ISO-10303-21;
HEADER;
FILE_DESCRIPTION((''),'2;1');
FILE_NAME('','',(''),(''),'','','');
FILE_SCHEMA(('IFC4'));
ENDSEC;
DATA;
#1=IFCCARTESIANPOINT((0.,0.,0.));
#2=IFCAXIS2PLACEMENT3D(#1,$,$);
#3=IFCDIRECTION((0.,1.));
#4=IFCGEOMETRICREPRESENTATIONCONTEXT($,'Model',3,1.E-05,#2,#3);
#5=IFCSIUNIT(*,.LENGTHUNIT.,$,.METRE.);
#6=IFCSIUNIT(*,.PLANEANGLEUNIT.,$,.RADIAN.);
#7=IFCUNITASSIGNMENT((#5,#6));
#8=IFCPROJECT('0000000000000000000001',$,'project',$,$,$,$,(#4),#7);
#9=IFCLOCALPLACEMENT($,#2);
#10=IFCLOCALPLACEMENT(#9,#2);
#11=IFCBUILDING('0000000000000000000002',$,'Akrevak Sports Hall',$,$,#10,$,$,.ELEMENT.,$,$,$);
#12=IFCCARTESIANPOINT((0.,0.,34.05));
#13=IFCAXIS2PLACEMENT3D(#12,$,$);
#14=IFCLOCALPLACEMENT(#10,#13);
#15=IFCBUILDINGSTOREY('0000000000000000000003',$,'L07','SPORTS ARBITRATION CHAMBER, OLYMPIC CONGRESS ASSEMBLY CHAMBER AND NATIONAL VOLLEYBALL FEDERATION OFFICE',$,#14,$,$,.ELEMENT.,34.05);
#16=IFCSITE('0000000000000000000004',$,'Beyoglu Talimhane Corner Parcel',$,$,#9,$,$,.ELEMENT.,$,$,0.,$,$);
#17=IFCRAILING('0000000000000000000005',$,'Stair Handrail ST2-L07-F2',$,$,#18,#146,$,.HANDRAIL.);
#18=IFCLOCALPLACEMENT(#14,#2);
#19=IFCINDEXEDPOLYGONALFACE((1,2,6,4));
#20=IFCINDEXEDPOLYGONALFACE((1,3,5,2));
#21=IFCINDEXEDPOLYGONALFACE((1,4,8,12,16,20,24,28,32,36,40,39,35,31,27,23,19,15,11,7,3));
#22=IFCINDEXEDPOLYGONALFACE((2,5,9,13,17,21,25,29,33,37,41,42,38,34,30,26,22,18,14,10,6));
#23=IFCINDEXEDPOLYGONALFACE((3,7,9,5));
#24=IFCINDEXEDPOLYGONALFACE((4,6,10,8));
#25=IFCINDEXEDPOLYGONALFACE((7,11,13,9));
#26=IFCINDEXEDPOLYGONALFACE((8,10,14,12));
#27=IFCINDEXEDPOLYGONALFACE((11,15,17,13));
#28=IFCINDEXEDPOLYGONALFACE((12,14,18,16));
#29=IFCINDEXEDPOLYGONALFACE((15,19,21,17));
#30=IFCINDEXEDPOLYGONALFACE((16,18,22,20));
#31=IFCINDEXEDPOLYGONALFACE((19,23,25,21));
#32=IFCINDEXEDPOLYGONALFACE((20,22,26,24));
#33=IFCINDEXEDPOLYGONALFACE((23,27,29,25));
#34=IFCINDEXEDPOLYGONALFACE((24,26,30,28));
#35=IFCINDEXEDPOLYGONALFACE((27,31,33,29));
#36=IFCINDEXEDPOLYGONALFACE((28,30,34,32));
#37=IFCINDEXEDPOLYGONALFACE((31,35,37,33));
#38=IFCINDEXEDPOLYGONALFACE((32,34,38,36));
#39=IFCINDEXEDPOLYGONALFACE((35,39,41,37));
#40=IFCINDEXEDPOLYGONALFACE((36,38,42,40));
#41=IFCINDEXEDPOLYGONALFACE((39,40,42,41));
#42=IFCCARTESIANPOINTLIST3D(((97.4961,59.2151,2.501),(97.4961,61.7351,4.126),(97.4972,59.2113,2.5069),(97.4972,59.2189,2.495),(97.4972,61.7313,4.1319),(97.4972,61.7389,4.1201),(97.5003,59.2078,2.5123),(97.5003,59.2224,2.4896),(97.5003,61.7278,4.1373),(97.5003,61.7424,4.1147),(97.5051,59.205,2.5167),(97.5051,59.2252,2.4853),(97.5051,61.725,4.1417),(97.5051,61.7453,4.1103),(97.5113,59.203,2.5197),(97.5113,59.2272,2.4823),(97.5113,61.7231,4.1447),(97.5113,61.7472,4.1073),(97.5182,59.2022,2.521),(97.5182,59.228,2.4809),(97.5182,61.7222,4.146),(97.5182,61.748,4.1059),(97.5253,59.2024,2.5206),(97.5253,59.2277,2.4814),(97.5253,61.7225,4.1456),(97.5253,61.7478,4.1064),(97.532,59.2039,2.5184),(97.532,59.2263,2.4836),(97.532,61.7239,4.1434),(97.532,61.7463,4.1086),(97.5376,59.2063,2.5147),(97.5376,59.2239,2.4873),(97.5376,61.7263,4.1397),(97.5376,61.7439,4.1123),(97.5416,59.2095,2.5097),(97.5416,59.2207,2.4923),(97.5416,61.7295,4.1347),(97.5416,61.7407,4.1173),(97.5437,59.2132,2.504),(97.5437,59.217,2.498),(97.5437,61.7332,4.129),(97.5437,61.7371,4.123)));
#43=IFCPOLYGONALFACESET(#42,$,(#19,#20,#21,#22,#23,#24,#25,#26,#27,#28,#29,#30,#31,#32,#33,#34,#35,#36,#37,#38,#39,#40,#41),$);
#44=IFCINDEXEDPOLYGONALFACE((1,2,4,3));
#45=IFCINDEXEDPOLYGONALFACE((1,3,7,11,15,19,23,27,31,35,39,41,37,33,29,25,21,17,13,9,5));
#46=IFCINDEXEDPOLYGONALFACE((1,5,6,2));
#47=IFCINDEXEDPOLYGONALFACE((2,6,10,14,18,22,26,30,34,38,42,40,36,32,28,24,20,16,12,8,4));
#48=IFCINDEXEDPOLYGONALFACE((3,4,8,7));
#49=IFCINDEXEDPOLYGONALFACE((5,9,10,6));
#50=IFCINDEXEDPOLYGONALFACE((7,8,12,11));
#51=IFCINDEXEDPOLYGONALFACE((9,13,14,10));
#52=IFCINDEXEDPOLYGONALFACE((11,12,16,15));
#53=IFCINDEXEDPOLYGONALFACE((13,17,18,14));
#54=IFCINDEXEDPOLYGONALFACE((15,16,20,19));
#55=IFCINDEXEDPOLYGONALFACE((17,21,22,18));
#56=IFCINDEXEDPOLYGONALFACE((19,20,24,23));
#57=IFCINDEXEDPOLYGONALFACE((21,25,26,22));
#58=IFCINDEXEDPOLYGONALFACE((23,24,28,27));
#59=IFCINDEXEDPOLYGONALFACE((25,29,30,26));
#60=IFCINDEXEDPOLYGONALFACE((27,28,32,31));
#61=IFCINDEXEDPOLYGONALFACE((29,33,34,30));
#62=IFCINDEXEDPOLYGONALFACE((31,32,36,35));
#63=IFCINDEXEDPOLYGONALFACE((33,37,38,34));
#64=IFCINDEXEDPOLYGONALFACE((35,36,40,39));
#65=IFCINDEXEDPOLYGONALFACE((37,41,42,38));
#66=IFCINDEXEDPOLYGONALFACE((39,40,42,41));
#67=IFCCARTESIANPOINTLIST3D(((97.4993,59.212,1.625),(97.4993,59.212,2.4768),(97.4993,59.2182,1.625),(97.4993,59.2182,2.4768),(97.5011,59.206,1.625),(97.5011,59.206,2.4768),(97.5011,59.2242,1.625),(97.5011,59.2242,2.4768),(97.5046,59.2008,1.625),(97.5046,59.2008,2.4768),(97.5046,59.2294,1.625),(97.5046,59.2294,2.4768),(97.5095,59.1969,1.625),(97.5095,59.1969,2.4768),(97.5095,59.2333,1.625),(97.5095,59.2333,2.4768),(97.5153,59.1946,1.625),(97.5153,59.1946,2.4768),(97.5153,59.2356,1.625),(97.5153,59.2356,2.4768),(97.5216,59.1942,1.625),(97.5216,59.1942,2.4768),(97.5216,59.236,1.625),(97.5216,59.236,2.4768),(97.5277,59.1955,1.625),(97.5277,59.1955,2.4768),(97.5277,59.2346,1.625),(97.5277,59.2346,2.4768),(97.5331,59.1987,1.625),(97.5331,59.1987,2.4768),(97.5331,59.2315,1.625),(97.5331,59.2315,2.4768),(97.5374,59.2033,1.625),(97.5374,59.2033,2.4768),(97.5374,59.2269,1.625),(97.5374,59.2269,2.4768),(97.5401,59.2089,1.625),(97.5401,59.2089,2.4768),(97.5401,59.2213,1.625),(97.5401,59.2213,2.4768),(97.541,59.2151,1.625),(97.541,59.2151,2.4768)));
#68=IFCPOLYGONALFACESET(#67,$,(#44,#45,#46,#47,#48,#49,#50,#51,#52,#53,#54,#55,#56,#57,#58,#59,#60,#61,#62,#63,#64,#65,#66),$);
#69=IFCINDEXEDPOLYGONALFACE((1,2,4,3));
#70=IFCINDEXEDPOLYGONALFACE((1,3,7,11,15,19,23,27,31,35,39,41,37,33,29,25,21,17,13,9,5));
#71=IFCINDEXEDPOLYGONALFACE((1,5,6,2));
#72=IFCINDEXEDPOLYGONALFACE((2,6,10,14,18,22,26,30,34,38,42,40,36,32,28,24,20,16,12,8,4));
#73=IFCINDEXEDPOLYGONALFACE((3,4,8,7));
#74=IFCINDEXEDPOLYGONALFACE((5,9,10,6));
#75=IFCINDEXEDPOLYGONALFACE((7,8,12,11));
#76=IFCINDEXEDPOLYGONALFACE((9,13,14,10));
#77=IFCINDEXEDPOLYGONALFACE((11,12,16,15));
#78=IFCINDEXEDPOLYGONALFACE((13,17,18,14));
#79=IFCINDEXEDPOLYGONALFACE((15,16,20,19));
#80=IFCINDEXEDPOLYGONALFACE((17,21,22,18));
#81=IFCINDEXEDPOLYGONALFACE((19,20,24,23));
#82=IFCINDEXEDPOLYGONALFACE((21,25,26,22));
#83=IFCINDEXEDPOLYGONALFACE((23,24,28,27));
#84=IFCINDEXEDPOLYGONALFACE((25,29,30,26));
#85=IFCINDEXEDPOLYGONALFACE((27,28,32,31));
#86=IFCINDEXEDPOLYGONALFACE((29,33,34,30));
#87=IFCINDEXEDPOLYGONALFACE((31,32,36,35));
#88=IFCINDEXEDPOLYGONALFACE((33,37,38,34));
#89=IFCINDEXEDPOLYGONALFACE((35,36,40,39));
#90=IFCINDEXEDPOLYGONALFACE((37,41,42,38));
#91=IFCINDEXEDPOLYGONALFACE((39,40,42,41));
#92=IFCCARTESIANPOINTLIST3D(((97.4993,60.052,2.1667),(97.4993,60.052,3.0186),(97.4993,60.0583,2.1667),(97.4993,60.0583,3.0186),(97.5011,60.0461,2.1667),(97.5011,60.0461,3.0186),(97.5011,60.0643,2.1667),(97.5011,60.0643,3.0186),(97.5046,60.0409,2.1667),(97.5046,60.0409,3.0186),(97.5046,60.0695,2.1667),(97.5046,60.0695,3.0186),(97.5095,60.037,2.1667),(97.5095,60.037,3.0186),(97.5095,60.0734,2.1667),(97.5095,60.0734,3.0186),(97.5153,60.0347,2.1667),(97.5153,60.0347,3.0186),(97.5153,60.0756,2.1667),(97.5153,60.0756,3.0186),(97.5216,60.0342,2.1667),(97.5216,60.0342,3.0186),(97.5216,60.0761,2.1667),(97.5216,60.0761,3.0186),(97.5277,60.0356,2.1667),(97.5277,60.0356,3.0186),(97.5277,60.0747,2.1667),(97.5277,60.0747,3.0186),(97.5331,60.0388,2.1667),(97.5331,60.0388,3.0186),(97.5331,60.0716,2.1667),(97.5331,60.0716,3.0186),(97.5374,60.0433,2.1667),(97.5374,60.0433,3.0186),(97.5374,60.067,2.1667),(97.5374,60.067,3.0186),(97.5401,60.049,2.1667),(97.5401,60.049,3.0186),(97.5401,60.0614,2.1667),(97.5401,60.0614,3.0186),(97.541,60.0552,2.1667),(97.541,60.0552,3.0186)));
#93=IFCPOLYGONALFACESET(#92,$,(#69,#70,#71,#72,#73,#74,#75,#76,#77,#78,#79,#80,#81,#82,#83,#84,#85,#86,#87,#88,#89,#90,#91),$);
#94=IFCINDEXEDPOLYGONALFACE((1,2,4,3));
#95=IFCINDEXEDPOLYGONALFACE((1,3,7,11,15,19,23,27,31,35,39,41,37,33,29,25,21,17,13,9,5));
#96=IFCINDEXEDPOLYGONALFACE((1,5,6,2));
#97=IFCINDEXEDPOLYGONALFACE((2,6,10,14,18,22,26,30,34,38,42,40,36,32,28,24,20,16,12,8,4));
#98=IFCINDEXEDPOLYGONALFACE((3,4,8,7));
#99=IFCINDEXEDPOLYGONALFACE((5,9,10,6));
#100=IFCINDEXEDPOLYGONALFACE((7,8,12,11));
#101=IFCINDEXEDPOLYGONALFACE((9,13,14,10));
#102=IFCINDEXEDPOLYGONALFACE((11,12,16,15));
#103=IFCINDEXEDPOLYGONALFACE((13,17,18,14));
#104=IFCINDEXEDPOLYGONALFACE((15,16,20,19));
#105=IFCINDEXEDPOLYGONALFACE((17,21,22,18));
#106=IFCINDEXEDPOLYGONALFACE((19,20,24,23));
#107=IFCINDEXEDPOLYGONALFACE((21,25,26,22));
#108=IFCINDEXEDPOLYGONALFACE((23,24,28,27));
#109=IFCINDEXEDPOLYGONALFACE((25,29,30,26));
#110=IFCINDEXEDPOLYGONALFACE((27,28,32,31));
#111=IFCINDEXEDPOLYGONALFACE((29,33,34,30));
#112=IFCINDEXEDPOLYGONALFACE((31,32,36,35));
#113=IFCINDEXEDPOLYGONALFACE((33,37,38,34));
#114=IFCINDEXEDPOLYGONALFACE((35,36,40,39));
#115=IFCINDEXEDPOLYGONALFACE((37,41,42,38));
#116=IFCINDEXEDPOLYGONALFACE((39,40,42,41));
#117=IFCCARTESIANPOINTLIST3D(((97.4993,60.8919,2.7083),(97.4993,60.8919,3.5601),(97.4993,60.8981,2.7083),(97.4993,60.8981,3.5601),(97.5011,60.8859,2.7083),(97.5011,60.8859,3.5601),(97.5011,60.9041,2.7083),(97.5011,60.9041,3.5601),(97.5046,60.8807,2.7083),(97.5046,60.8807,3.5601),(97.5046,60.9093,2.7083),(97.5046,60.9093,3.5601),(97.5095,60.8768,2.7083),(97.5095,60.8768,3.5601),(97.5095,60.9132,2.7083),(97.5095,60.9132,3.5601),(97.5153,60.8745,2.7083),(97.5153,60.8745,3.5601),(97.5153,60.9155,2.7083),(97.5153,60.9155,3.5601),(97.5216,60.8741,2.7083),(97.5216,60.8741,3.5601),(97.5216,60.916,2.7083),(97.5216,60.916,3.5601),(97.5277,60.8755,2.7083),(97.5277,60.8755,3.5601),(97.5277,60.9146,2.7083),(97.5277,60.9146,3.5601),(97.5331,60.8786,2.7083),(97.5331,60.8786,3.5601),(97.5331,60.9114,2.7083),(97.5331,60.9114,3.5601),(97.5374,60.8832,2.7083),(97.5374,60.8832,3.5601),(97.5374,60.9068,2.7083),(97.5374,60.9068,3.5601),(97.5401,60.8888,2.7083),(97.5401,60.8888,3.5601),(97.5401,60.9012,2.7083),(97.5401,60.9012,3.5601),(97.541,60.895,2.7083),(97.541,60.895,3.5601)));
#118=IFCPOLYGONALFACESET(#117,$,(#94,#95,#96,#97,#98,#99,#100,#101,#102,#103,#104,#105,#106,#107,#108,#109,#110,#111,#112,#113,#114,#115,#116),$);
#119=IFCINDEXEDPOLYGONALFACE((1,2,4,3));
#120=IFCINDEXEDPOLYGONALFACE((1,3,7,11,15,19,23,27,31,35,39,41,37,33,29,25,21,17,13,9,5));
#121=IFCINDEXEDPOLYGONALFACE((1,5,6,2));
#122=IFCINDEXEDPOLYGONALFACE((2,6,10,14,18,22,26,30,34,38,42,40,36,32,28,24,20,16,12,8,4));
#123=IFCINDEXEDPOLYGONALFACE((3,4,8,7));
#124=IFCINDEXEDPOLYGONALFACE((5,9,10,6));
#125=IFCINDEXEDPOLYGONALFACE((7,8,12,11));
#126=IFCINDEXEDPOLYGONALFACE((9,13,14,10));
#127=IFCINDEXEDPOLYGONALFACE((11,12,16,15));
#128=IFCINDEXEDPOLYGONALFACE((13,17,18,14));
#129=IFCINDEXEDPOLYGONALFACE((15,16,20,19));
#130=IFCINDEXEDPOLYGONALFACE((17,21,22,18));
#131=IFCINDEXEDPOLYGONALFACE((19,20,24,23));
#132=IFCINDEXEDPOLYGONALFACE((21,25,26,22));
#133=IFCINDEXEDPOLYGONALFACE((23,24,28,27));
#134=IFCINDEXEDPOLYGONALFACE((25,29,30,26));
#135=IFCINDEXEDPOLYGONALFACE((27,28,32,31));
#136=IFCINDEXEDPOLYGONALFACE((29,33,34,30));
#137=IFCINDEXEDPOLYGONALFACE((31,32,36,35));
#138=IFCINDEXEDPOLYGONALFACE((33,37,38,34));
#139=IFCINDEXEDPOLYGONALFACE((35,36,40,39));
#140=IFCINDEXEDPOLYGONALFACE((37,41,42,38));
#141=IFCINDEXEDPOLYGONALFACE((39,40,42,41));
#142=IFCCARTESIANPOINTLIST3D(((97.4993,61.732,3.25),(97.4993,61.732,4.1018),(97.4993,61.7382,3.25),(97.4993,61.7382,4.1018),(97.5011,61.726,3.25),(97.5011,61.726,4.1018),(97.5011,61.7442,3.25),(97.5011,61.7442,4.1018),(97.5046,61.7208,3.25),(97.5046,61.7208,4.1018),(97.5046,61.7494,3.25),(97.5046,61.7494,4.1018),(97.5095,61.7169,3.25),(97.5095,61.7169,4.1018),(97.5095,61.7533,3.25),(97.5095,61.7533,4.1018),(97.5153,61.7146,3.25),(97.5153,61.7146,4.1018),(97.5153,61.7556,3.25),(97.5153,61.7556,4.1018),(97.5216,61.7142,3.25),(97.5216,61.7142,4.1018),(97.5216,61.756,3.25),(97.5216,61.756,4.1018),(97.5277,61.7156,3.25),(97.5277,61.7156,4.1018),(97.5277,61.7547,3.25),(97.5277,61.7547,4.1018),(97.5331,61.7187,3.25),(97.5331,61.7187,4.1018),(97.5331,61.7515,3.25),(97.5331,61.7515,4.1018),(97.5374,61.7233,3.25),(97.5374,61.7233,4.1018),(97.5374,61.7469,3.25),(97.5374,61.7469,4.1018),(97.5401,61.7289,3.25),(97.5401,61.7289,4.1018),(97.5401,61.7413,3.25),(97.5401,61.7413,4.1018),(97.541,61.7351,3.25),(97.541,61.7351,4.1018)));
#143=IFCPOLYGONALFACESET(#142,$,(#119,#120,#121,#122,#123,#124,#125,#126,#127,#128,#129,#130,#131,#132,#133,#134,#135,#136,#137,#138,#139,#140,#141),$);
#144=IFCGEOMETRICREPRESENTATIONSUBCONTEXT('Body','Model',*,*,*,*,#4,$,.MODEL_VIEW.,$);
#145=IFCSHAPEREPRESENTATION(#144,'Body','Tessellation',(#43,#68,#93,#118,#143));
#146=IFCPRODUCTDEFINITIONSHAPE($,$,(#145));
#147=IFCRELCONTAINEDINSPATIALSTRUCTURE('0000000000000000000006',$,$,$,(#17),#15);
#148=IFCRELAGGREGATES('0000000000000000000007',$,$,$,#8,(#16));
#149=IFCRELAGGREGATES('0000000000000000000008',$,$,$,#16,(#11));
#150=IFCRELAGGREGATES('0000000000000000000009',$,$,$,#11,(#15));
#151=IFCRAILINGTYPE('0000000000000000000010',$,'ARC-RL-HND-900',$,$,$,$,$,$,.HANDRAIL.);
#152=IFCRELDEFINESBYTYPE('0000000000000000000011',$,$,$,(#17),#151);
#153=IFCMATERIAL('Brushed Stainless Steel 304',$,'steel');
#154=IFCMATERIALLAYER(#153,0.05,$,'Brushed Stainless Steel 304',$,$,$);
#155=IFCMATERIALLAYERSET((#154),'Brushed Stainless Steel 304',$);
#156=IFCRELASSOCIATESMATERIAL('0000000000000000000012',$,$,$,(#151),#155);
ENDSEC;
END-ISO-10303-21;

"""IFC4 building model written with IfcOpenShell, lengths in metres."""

from ifc_helpers import new_model, si_unit, direction, frame, origin, origin_2d, place, context, subcontext, project, spatial, circle, extrude, material, layer, layer_set, type_object, element, save


model = new_model("IFC4")

# Units and contexts
model_context = context("Model", 3, precision=1e-05, world=origin(), true_north=direction((0.0, 1.0)))
body_context = subcontext(model_context, "Body", "Model", "MODEL_VIEW")
ifc_project = project(units=[si_unit("LENGTHUNIT", "METRE"), si_unit("PLANEANGLEUNIT", "RADIAN")], contexts=[model_context])

# Site, building, storey
site_placement = place(None, origin())
site = spatial("IfcSite", under=ifc_project, at=site_placement, Name="Beyoglu Talimhane Corner Parcel", CompositionType="ELEMENT", RefElevation=0.0)
building_placement = place(site_placement, origin())
building = spatial("IfcBuilding", under=site, at=building_placement, Name="Akrevak Sports Hall", CompositionType="ELEMENT")
storey_placement = place(building_placement, frame((0.0, 0.0, 34.05)))
storey = spatial("IfcBuildingStorey", under=building, at=storey_placement, Name="L07", Description="SPORTS ARBITRATION CHAMBER, OLYMPIC CONGRESS ASSEMBLY CHAMBER AND NATIONAL VOLLEYBALL FEDERATION OFFICE", CompositionType="ELEMENT", Elevation=34.05)

# Railing
ifc_material_1 = material(Name="Brushed Stainless Steel 304", Category="steel")
ifc_layer_1 = layer(ifc_material_1, 0.05, Name="Brushed Stainless Steel 304")
ifc_layer_set_1 = layer_set([ifc_layer_1], Name="Brushed Stainless Steel 304")
railing_type_1 = type_object("IfcRailingType", Name="ARC-RL-HND-900", PredefinedType="HANDRAIL", material=ifc_layer_set_1)
for number, where, name in (
    (1, (97.52, 59.2151, 1.625), "Stair Handrail ST2-L07-F2"),
):
    element("IfcRailing", number, at=place(storey_placement, frame(where)), inside=storey, type_object=railing_type_1, Name=name, PredefinedType="HANDRAIL", context=body_context, shape_type="SweptSolid", body=[
        extrude(circle(Radius=0.0239, at=origin_2d()), frame((0.0, 0.0, 0.876), z_axis=(0.0, 0.840421, 0.541934), x_axis=(-1.0, 0.0, 0.0)), (0.0, 0.0, 1.0), 2.9985),
        extrude(circle(Radius=0.021, at=origin_2d()), origin(), (0.0, 0.0, 1.0), 0.8518),
        extrude(circle(Radius=0.021, at=origin_2d()), frame((0.0, 0.8401, 0.5417)), (0.0, 0.0, 1.0), 0.8518),
        extrude(circle(Radius=0.021, at=origin_2d()), frame((0.0, 1.6799, 1.0833)), (0.0, 0.0, 1.0), 0.8518),
        extrude(circle(Radius=0.021, at=origin_2d()), frame((0.0, 2.52, 1.625)), (0.0, 0.0, 1.0), 0.8518),
    ])

save(model, "model.ifc")
